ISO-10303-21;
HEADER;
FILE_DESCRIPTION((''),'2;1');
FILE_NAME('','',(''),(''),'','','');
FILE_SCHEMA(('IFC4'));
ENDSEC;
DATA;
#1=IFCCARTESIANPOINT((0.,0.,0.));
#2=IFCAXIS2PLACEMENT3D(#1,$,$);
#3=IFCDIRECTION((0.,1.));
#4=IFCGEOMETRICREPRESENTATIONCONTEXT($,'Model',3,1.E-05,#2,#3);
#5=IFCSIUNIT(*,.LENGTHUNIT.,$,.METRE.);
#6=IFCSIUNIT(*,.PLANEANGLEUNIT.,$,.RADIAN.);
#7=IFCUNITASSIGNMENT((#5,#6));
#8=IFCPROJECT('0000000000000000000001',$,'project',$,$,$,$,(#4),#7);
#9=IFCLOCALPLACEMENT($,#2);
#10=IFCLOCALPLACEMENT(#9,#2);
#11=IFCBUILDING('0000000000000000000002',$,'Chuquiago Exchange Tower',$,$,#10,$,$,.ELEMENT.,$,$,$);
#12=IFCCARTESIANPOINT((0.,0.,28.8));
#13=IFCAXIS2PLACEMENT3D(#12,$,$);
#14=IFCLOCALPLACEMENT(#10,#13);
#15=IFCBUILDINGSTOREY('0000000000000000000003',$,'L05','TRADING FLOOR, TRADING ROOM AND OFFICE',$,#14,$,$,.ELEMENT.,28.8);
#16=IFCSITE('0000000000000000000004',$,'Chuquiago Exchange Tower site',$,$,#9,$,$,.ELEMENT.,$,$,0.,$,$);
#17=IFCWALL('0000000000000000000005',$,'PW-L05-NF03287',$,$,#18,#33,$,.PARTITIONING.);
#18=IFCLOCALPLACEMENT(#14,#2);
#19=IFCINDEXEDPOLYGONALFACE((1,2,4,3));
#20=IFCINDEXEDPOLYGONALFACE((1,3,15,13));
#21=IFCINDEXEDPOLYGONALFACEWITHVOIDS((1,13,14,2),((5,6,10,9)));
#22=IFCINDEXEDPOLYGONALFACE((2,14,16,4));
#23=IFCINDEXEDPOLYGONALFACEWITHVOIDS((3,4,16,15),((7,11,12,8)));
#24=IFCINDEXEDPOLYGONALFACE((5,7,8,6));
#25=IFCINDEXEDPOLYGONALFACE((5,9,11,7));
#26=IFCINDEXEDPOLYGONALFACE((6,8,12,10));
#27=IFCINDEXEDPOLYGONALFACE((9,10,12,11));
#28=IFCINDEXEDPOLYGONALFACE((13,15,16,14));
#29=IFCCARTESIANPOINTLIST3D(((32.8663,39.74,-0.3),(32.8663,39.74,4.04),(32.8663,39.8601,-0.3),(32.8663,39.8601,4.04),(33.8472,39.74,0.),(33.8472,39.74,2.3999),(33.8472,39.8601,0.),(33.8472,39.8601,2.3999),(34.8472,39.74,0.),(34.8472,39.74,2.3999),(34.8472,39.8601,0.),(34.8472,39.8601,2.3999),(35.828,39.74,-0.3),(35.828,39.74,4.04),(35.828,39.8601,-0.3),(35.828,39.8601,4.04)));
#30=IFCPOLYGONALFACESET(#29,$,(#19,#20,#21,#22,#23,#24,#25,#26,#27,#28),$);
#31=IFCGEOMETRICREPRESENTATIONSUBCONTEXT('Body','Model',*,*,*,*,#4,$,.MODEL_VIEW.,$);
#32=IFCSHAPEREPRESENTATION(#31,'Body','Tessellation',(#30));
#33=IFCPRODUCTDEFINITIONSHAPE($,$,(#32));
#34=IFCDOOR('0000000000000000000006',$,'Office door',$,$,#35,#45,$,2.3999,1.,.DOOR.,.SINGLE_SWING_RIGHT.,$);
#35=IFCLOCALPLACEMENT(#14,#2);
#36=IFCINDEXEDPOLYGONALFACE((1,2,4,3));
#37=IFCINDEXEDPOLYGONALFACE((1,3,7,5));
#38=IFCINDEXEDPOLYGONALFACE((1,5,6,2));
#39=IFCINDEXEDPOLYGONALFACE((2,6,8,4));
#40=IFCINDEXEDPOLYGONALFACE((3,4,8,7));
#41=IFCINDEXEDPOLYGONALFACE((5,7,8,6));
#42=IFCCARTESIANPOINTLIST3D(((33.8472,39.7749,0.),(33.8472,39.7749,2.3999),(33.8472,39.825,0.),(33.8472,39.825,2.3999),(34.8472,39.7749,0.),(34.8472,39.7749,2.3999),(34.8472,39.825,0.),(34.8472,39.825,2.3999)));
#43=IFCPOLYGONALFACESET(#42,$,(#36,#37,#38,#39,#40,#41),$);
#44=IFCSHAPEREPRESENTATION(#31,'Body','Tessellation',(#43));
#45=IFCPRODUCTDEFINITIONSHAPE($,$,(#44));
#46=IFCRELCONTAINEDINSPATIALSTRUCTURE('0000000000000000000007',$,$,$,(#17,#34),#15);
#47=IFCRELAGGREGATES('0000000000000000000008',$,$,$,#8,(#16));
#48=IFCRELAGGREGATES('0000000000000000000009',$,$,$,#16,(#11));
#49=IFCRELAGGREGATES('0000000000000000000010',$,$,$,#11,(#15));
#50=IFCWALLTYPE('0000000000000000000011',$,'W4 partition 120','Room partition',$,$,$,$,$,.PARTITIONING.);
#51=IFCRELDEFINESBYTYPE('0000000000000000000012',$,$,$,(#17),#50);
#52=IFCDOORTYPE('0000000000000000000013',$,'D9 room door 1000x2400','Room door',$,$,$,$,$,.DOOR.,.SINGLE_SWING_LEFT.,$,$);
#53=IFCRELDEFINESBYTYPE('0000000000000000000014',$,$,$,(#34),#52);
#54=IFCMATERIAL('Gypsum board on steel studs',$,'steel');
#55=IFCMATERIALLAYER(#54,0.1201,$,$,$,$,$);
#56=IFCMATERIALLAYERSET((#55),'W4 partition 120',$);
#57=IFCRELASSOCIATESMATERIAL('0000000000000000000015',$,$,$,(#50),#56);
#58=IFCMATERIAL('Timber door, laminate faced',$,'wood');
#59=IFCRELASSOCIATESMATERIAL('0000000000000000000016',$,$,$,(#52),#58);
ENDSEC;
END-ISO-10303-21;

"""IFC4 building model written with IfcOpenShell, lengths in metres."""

from ifc_helpers import new_model, si_unit, direction, frame, frame_2d, origin, place, context, subcontext, project, spatial, rectangle, extrude, material, layer, layer_set, type_object, element, fill, save


model = new_model("IFC4")

# Units and contexts
model_context = context("Model", 3, precision=1e-05, world=origin(), true_north=direction((0.0, 1.0)))
body_context = subcontext(model_context, "Body", "Model", "MODEL_VIEW")
ifc_project = project(units=[si_unit("LENGTHUNIT", "METRE"), si_unit("PLANEANGLEUNIT", "RADIAN")], contexts=[model_context])

# Site, building, storey
site_placement = place(None, origin())
site = spatial("IfcSite", under=ifc_project, at=site_placement, Name="Chuquiago Exchange Tower site", CompositionType="ELEMENT", RefElevation=0.0)
building_placement = place(site_placement, origin())
building = spatial("IfcBuilding", under=site, at=building_placement, Name="Chuquiago Exchange Tower", CompositionType="ELEMENT")
storey_placement = place(building_placement, frame((0.0, 0.0, 28.8)))
storey = spatial("IfcBuildingStorey", under=building, at=storey_placement, Name="L05", Description="TRADING FLOOR, TRADING ROOM AND OFFICE", CompositionType="ELEMENT", Elevation=28.8)

# Shared definitions
ifc_material_1 = material(Name="Gypsum board on steel studs", Category="steel")
ifc_layer_1 = layer(ifc_material_1, 0.1201)
ifc_layer_set_1 = layer_set([ifc_layer_1], Name="W4 partition 120")
wall_type_1 = type_object("IfcWallType", Name="W4 partition 120", Description="Room partition", PredefinedType="PARTITIONING", material=ifc_layer_set_1)

# Wall, opening, door
wall_1_placement = place(storey_placement, frame((32.8662, 39.8, -0.3), z_axis=(0.0, 0.0, 1.0), x_axis=(1.0, 0.0, 0.0)))
wall_1 = element("IfcWall", 1, at=wall_1_placement, inside=storey, type_object=wall_type_1, Name="PW-L05-NF03287", PredefinedType="PARTITIONING", context=body_context, shape_type="SweptSolid", body=[
    extrude(rectangle(XDim=2.9617, YDim=0.1201, at=frame_2d((1.481, 0.0))), origin(), (0.0, 0.0, 1.0), 4.3401),
])
opening_1_placement = place(wall_1_placement, frame((0.981, 0.0, 0.3)))
opening_1 = element("IfcOpeningElement", 2, at=opening_1_placement, cuts=wall_1, PredefinedType="OPENING", context=body_context, shape_type="SweptSolid", body=[
    extrude(rectangle(XDim=1.0, YDim=2.3999, at=frame_2d((0.5, 1.2))), frame((0.0, 0.0701, 0.0), z_axis=(0.0, -1.0, 0.0), x_axis=(1.0, 0.0, 0.0)), (0.0, 0.0, 1.0), 0.1401),
])
ifc_material_2 = material(Name="Timber door, laminate faced", Category="wood")
door_type_1 = type_object("IfcDoorType", Name="D9 room door 1000x2400", Description="Room door", OperationType="SINGLE_SWING_LEFT", PredefinedType="DOOR", material=ifc_material_2)
door_1_placement = place(opening_1_placement, origin())
door_1 = element("IfcDoor", 3, at=door_1_placement, inside=storey, type_object=door_type_1, Name="Office door", OperationType="SINGLE_SWING_RIGHT", OverallHeight=2.3999, OverallWidth=1.0, PredefinedType="DOOR", context=body_context, shape_type="SweptSolid", body=[
    extrude(rectangle(XDim=1.0, YDim=2.3999, at=frame_2d((0.5, 1.2))), frame((0.0, 0.0249, 0.0), z_axis=(0.0, -1.0, 0.0), x_axis=(1.0, 0.0, 0.0)), (0.0, 0.0, 1.0), 0.05),
])
fill(opening_1, door_1)

save(model, "model.ifc")
